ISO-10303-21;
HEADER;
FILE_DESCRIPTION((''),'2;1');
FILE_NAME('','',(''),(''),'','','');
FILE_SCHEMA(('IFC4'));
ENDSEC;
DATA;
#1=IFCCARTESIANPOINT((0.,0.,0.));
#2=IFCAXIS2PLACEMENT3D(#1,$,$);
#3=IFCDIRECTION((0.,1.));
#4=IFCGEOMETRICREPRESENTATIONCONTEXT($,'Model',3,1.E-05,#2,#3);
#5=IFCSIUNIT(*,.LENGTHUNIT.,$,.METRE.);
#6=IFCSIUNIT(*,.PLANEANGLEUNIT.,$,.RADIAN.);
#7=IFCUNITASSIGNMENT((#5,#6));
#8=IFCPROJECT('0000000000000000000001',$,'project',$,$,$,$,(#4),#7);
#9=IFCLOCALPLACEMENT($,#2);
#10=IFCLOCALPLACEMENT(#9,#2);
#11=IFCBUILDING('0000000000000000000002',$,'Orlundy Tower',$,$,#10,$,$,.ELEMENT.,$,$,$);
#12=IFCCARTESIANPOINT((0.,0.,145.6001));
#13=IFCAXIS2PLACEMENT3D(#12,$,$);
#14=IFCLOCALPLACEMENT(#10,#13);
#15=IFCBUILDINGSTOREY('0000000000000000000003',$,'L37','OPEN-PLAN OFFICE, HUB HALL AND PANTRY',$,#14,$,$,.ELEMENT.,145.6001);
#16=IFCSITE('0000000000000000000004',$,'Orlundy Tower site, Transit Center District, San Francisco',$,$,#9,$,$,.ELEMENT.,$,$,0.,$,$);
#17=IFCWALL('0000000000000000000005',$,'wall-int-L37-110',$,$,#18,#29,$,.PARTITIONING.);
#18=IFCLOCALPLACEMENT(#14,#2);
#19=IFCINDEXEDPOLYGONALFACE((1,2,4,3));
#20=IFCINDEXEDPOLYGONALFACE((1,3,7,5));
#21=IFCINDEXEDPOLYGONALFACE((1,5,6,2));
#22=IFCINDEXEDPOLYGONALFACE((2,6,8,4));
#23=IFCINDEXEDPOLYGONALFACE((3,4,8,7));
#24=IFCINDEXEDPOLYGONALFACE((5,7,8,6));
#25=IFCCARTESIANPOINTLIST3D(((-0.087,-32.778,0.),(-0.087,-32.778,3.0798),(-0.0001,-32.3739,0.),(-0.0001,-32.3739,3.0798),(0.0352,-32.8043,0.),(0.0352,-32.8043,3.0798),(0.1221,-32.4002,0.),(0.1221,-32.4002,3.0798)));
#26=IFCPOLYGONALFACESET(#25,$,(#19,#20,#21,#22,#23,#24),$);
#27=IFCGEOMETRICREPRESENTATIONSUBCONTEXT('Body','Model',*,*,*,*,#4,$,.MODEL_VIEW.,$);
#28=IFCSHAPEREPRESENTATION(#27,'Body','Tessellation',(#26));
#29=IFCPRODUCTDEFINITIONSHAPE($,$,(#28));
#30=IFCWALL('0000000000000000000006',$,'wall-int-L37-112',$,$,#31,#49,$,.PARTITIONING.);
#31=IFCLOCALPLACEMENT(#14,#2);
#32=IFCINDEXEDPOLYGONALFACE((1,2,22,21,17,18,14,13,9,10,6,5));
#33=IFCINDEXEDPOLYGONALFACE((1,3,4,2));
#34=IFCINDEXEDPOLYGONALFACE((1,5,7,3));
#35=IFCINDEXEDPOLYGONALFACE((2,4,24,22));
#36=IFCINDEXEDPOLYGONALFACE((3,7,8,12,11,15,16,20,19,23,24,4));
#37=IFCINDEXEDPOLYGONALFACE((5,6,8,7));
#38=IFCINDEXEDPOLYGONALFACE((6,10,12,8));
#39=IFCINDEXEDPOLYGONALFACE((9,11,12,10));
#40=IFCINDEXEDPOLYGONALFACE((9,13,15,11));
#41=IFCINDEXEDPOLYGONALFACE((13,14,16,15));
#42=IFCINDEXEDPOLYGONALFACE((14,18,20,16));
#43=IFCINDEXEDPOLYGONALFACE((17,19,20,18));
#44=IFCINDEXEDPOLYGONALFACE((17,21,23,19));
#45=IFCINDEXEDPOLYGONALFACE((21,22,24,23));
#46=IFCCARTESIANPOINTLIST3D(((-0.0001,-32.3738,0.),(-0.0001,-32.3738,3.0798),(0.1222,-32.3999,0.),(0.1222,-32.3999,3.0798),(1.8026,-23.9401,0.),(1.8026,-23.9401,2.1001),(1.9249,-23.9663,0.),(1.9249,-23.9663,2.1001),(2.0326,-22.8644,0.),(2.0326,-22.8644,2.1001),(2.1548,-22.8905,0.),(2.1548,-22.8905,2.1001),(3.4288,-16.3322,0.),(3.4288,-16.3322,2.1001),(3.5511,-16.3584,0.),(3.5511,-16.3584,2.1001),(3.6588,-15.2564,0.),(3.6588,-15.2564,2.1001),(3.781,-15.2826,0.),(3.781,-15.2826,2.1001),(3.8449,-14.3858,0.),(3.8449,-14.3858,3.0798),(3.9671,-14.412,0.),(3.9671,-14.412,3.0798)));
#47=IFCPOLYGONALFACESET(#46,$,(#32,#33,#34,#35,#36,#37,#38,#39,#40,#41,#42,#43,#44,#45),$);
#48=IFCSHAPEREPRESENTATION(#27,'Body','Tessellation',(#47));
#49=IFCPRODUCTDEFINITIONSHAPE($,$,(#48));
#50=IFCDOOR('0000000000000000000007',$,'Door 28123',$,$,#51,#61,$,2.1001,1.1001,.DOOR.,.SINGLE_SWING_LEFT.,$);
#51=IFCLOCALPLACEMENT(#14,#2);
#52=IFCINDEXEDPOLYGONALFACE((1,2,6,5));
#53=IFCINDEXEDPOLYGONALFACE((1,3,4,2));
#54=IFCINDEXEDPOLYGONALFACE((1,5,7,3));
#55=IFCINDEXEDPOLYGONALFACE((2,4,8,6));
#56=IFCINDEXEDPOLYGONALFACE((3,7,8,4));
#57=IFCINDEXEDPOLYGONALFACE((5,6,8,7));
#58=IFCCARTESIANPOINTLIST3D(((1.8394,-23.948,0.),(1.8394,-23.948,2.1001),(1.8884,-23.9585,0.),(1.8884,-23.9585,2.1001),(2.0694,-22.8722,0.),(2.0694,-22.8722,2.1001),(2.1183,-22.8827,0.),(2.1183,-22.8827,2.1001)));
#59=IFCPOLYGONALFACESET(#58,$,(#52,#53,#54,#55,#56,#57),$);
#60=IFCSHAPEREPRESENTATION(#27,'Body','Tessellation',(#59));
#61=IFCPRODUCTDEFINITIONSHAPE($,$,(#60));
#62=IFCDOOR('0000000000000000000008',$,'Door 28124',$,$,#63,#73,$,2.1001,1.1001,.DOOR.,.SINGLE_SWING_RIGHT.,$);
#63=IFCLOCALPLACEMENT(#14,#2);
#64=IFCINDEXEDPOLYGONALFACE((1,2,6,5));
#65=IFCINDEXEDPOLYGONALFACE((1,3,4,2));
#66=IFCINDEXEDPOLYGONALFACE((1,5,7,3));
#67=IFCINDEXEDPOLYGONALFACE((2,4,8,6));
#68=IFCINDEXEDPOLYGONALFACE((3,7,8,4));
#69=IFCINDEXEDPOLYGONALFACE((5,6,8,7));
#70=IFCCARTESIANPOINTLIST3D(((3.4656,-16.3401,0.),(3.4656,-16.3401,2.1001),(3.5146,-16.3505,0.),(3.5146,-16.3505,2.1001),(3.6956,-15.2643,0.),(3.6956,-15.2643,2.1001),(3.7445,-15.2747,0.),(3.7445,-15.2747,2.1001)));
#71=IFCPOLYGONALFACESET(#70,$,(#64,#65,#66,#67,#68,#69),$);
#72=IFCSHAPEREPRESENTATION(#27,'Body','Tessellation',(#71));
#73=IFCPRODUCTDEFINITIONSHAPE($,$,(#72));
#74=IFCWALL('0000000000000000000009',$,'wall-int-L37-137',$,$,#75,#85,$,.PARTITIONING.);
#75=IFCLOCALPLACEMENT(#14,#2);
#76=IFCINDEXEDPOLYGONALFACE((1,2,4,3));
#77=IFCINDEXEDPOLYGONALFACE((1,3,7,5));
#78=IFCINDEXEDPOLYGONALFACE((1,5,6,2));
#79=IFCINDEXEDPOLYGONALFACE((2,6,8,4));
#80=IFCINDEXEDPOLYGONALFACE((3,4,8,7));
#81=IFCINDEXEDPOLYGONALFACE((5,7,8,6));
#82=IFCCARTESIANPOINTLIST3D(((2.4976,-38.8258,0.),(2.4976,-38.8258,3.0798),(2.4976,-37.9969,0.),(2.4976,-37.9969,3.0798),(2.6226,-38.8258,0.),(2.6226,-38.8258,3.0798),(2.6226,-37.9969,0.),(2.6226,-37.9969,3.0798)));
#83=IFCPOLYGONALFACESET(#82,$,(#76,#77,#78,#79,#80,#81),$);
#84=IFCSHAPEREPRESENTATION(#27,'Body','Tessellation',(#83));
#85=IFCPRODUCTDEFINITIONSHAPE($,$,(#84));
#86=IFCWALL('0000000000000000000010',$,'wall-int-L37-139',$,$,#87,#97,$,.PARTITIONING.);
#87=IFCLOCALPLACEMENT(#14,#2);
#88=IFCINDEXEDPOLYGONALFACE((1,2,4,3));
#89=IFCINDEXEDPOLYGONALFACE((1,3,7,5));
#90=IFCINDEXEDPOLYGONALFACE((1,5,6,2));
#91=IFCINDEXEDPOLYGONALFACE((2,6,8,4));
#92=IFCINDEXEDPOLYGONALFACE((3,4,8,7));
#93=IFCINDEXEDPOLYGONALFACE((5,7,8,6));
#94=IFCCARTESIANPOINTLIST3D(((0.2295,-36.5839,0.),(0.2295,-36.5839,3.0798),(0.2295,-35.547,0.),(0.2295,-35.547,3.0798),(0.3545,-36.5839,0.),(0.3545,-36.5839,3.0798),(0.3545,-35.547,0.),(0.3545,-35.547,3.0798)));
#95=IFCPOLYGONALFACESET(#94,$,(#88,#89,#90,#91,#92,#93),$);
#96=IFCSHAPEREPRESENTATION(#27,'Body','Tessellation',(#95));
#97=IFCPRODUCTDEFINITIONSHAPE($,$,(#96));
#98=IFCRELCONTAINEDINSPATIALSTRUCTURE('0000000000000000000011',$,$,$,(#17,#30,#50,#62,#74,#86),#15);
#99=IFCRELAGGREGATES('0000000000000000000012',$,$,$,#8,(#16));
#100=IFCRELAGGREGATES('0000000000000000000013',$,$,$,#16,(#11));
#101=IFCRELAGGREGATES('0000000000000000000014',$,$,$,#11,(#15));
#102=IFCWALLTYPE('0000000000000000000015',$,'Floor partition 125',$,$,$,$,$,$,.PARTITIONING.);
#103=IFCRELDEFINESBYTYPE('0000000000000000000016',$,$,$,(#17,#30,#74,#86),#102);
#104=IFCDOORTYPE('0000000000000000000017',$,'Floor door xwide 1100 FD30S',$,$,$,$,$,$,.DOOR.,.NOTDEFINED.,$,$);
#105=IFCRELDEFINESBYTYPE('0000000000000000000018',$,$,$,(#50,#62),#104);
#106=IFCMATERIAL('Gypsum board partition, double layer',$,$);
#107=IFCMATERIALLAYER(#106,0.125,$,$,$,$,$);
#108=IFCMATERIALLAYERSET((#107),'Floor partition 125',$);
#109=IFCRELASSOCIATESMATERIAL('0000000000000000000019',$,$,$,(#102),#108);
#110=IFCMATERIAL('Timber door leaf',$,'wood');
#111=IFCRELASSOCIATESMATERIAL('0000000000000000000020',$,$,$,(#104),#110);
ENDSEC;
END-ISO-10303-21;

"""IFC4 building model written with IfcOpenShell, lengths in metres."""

from ifc_helpers import new_model, si_unit, direction, frame, frame_2d, origin, place, context, subcontext, project, spatial, rectangle, extrude, material, layer, layer_set, type_object, element, fill, save


model = new_model("IFC4")

# Units and contexts
model_context = context("Model", 3, precision=1e-05, world=origin(), true_north=direction((0.0, 1.0)))
body_context = subcontext(model_context, "Body", "Model", "MODEL_VIEW")
ifc_project = project(units=[si_unit("LENGTHUNIT", "METRE"), si_unit("PLANEANGLEUNIT", "RADIAN")], contexts=[model_context])

# Site, building, storey
site_placement = place(None, origin())
site = spatial("IfcSite", under=ifc_project, at=site_placement, Name="Orlundy Tower site, Transit Center District, San Francisco", CompositionType="ELEMENT", RefElevation=0.0)
building_placement = place(site_placement, origin())
building = spatial("IfcBuilding", under=site, at=building_placement, Name="Orlundy Tower", CompositionType="ELEMENT")
storey_placement = place(building_placement, frame((0.0, 0.0, 145.6001)))
storey = spatial("IfcBuildingStorey", under=building, at=storey_placement, Name="L37", Description="OPEN-PLAN OFFICE, HUB HALL AND PANTRY", CompositionType="ELEMENT", Elevation=145.6001)

# Shared definitions
ifc_material_1 = material(Name="Gypsum board partition, double layer")
ifc_layer_1 = layer(ifc_material_1, 0.125)
ifc_layer_set_1 = layer_set([ifc_layer_1], Name="Floor partition 125")
wall_type_1 = type_object("IfcWallType", Name="Floor partition 125", PredefinedType="PARTITIONING", material=ifc_layer_set_1)

# Wall
wall_1_placement = place(storey_placement, frame((-0.0259, -32.791, 0.0), z_axis=(0.0, 0.0, 1.0), x_axis=(0.210296, 0.977638, 0.0)))
element("IfcWall", 1, at=wall_1_placement, inside=storey, type_object=wall_type_1, Name="wall-int-L37-110", PredefinedType="PARTITIONING", context=body_context, shape_type="SweptSolid", body=[
    extrude(rectangle(XDim=0.4133, YDim=0.125, at=frame_2d((0.2065, 0.0))), origin(), (0.0, 0.0, 1.0), 3.0798),
])

# Wall, openings, doors
wall_2_placement = place(storey_placement, frame((0.061, -32.387, 0.0), z_axis=(0.0, 0.0, 1.0), x_axis=(0.20903, 0.977909, 0.0)))
wall_2 = element("IfcWall", 2, at=wall_2_placement, inside=storey, type_object=wall_type_1, Name="wall-int-L37-112", PredefinedType="PARTITIONING", context=body_context, shape_type="SweptSolid", body=[
    extrude(rectangle(XDim=18.3943, YDim=0.125, at=frame_2d((9.1973, 0.0))), origin(), (0.0, 0.0, 1.0), 3.0798),
])
opening_1_placement = place(wall_2_placement, frame((8.6243, 0.0, 0.0)))
opening_1 = element("IfcOpeningElement", 3, at=opening_1_placement, cuts=wall_2, PredefinedType="OPENING", context=body_context, shape_type="SweptSolid", body=[
    extrude(rectangle(XDim=1.1001, YDim=2.1001, at=frame_2d((0.55, 1.05))), frame((0.0, 0.0725, 0.0), z_axis=(0.0, -1.0, 0.0), x_axis=(1.0, 0.0, 0.0)), (0.0, 0.0, 1.0), 0.145),
])
opening_2_placement = place(wall_2_placement, frame((16.4041, 0.0, 0.0)))
opening_2 = element("IfcOpeningElement", 4, at=opening_2_placement, cuts=wall_2, PredefinedType="OPENING", context=body_context, shape_type="SweptSolid", body=[
    extrude(rectangle(XDim=1.1001, YDim=2.1001, at=frame_2d((0.55, 1.05))), frame((0.0, 0.0725, 0.0), z_axis=(0.0, -1.0, 0.0), x_axis=(1.0, 0.0, 0.0)), (0.0, 0.0, 1.0), 0.145),
])
ifc_material_2 = material(Name="Timber door leaf", Category="wood")
door_type_1 = type_object("IfcDoorType", Name="Floor door xwide 1100 FD30S", OperationType="NOTDEFINED", PredefinedType="DOOR", material=ifc_material_2)
door_1_placement = place(opening_1_placement, origin())
door_1 = element("IfcDoor", 5, at=door_1_placement, inside=storey, type_object=door_type_1, Name="Door 28123", OperationType="SINGLE_SWING_LEFT", OverallHeight=2.1001, OverallWidth=1.1001, PredefinedType="DOOR", context=body_context, shape_type="SweptSolid", body=[
    extrude(rectangle(XDim=1.1001, YDim=2.1001, at=frame_2d((0.55, 1.05))), frame((0.0, 0.0249, 0.0), z_axis=(0.0, -1.0, 0.0), x_axis=(1.0, 0.0, 0.0)), (0.0, 0.0, 1.0), 0.05),
])
fill(opening_1, door_1)
door_2_placement = place(opening_2_placement, origin())
door_2 = element("IfcDoor", 6, at=door_2_placement, inside=storey, type_object=door_type_1, Name="Door 28124", OperationType="SINGLE_SWING_RIGHT", OverallHeight=2.1001, OverallWidth=1.1001, PredefinedType="DOOR", context=body_context, shape_type="SweptSolid", body=[
    extrude(rectangle(XDim=1.1001, YDim=2.1001, at=frame_2d((0.55, 1.05))), frame((0.0, 0.0249, 0.0), z_axis=(0.0, -1.0, 0.0), x_axis=(1.0, 0.0, 0.0)), (0.0, 0.0, 1.0), 0.05),
])
fill(opening_2, door_2)

# Walls
wall_3_placement = place(storey_placement, frame((2.5601, -38.8259, 0.0), z_axis=(0.0, 0.0, 1.0), x_axis=(0.0, 1.0, 0.0)))
element("IfcWall", 7, at=wall_3_placement, inside=storey, type_object=wall_type_1, Name="wall-int-L37-137", PredefinedType="PARTITIONING", context=body_context, shape_type="SweptSolid", body=[
    extrude(rectangle(XDim=0.8289, YDim=0.125, at=frame_2d((0.4146, 0.0))), origin(), (0.0, 0.0, 1.0), 3.0798),
])
wall_4_placement = place(storey_placement, frame((0.292, -36.584, 0.0), z_axis=(0.0, 0.0, 1.0), x_axis=(0.0, 1.0, 0.0)))
element("IfcWall", 8, at=wall_4_placement, inside=storey, type_object=wall_type_1, Name="wall-int-L37-139", PredefinedType="PARTITIONING", context=body_context, shape_type="SweptSolid", body=[
    extrude(rectangle(XDim=1.0369, YDim=0.125, at=frame_2d((0.5186, 0.0))), origin(), (0.0, 0.0, 1.0), 3.0798),
])

save(model, "model.ifc")
